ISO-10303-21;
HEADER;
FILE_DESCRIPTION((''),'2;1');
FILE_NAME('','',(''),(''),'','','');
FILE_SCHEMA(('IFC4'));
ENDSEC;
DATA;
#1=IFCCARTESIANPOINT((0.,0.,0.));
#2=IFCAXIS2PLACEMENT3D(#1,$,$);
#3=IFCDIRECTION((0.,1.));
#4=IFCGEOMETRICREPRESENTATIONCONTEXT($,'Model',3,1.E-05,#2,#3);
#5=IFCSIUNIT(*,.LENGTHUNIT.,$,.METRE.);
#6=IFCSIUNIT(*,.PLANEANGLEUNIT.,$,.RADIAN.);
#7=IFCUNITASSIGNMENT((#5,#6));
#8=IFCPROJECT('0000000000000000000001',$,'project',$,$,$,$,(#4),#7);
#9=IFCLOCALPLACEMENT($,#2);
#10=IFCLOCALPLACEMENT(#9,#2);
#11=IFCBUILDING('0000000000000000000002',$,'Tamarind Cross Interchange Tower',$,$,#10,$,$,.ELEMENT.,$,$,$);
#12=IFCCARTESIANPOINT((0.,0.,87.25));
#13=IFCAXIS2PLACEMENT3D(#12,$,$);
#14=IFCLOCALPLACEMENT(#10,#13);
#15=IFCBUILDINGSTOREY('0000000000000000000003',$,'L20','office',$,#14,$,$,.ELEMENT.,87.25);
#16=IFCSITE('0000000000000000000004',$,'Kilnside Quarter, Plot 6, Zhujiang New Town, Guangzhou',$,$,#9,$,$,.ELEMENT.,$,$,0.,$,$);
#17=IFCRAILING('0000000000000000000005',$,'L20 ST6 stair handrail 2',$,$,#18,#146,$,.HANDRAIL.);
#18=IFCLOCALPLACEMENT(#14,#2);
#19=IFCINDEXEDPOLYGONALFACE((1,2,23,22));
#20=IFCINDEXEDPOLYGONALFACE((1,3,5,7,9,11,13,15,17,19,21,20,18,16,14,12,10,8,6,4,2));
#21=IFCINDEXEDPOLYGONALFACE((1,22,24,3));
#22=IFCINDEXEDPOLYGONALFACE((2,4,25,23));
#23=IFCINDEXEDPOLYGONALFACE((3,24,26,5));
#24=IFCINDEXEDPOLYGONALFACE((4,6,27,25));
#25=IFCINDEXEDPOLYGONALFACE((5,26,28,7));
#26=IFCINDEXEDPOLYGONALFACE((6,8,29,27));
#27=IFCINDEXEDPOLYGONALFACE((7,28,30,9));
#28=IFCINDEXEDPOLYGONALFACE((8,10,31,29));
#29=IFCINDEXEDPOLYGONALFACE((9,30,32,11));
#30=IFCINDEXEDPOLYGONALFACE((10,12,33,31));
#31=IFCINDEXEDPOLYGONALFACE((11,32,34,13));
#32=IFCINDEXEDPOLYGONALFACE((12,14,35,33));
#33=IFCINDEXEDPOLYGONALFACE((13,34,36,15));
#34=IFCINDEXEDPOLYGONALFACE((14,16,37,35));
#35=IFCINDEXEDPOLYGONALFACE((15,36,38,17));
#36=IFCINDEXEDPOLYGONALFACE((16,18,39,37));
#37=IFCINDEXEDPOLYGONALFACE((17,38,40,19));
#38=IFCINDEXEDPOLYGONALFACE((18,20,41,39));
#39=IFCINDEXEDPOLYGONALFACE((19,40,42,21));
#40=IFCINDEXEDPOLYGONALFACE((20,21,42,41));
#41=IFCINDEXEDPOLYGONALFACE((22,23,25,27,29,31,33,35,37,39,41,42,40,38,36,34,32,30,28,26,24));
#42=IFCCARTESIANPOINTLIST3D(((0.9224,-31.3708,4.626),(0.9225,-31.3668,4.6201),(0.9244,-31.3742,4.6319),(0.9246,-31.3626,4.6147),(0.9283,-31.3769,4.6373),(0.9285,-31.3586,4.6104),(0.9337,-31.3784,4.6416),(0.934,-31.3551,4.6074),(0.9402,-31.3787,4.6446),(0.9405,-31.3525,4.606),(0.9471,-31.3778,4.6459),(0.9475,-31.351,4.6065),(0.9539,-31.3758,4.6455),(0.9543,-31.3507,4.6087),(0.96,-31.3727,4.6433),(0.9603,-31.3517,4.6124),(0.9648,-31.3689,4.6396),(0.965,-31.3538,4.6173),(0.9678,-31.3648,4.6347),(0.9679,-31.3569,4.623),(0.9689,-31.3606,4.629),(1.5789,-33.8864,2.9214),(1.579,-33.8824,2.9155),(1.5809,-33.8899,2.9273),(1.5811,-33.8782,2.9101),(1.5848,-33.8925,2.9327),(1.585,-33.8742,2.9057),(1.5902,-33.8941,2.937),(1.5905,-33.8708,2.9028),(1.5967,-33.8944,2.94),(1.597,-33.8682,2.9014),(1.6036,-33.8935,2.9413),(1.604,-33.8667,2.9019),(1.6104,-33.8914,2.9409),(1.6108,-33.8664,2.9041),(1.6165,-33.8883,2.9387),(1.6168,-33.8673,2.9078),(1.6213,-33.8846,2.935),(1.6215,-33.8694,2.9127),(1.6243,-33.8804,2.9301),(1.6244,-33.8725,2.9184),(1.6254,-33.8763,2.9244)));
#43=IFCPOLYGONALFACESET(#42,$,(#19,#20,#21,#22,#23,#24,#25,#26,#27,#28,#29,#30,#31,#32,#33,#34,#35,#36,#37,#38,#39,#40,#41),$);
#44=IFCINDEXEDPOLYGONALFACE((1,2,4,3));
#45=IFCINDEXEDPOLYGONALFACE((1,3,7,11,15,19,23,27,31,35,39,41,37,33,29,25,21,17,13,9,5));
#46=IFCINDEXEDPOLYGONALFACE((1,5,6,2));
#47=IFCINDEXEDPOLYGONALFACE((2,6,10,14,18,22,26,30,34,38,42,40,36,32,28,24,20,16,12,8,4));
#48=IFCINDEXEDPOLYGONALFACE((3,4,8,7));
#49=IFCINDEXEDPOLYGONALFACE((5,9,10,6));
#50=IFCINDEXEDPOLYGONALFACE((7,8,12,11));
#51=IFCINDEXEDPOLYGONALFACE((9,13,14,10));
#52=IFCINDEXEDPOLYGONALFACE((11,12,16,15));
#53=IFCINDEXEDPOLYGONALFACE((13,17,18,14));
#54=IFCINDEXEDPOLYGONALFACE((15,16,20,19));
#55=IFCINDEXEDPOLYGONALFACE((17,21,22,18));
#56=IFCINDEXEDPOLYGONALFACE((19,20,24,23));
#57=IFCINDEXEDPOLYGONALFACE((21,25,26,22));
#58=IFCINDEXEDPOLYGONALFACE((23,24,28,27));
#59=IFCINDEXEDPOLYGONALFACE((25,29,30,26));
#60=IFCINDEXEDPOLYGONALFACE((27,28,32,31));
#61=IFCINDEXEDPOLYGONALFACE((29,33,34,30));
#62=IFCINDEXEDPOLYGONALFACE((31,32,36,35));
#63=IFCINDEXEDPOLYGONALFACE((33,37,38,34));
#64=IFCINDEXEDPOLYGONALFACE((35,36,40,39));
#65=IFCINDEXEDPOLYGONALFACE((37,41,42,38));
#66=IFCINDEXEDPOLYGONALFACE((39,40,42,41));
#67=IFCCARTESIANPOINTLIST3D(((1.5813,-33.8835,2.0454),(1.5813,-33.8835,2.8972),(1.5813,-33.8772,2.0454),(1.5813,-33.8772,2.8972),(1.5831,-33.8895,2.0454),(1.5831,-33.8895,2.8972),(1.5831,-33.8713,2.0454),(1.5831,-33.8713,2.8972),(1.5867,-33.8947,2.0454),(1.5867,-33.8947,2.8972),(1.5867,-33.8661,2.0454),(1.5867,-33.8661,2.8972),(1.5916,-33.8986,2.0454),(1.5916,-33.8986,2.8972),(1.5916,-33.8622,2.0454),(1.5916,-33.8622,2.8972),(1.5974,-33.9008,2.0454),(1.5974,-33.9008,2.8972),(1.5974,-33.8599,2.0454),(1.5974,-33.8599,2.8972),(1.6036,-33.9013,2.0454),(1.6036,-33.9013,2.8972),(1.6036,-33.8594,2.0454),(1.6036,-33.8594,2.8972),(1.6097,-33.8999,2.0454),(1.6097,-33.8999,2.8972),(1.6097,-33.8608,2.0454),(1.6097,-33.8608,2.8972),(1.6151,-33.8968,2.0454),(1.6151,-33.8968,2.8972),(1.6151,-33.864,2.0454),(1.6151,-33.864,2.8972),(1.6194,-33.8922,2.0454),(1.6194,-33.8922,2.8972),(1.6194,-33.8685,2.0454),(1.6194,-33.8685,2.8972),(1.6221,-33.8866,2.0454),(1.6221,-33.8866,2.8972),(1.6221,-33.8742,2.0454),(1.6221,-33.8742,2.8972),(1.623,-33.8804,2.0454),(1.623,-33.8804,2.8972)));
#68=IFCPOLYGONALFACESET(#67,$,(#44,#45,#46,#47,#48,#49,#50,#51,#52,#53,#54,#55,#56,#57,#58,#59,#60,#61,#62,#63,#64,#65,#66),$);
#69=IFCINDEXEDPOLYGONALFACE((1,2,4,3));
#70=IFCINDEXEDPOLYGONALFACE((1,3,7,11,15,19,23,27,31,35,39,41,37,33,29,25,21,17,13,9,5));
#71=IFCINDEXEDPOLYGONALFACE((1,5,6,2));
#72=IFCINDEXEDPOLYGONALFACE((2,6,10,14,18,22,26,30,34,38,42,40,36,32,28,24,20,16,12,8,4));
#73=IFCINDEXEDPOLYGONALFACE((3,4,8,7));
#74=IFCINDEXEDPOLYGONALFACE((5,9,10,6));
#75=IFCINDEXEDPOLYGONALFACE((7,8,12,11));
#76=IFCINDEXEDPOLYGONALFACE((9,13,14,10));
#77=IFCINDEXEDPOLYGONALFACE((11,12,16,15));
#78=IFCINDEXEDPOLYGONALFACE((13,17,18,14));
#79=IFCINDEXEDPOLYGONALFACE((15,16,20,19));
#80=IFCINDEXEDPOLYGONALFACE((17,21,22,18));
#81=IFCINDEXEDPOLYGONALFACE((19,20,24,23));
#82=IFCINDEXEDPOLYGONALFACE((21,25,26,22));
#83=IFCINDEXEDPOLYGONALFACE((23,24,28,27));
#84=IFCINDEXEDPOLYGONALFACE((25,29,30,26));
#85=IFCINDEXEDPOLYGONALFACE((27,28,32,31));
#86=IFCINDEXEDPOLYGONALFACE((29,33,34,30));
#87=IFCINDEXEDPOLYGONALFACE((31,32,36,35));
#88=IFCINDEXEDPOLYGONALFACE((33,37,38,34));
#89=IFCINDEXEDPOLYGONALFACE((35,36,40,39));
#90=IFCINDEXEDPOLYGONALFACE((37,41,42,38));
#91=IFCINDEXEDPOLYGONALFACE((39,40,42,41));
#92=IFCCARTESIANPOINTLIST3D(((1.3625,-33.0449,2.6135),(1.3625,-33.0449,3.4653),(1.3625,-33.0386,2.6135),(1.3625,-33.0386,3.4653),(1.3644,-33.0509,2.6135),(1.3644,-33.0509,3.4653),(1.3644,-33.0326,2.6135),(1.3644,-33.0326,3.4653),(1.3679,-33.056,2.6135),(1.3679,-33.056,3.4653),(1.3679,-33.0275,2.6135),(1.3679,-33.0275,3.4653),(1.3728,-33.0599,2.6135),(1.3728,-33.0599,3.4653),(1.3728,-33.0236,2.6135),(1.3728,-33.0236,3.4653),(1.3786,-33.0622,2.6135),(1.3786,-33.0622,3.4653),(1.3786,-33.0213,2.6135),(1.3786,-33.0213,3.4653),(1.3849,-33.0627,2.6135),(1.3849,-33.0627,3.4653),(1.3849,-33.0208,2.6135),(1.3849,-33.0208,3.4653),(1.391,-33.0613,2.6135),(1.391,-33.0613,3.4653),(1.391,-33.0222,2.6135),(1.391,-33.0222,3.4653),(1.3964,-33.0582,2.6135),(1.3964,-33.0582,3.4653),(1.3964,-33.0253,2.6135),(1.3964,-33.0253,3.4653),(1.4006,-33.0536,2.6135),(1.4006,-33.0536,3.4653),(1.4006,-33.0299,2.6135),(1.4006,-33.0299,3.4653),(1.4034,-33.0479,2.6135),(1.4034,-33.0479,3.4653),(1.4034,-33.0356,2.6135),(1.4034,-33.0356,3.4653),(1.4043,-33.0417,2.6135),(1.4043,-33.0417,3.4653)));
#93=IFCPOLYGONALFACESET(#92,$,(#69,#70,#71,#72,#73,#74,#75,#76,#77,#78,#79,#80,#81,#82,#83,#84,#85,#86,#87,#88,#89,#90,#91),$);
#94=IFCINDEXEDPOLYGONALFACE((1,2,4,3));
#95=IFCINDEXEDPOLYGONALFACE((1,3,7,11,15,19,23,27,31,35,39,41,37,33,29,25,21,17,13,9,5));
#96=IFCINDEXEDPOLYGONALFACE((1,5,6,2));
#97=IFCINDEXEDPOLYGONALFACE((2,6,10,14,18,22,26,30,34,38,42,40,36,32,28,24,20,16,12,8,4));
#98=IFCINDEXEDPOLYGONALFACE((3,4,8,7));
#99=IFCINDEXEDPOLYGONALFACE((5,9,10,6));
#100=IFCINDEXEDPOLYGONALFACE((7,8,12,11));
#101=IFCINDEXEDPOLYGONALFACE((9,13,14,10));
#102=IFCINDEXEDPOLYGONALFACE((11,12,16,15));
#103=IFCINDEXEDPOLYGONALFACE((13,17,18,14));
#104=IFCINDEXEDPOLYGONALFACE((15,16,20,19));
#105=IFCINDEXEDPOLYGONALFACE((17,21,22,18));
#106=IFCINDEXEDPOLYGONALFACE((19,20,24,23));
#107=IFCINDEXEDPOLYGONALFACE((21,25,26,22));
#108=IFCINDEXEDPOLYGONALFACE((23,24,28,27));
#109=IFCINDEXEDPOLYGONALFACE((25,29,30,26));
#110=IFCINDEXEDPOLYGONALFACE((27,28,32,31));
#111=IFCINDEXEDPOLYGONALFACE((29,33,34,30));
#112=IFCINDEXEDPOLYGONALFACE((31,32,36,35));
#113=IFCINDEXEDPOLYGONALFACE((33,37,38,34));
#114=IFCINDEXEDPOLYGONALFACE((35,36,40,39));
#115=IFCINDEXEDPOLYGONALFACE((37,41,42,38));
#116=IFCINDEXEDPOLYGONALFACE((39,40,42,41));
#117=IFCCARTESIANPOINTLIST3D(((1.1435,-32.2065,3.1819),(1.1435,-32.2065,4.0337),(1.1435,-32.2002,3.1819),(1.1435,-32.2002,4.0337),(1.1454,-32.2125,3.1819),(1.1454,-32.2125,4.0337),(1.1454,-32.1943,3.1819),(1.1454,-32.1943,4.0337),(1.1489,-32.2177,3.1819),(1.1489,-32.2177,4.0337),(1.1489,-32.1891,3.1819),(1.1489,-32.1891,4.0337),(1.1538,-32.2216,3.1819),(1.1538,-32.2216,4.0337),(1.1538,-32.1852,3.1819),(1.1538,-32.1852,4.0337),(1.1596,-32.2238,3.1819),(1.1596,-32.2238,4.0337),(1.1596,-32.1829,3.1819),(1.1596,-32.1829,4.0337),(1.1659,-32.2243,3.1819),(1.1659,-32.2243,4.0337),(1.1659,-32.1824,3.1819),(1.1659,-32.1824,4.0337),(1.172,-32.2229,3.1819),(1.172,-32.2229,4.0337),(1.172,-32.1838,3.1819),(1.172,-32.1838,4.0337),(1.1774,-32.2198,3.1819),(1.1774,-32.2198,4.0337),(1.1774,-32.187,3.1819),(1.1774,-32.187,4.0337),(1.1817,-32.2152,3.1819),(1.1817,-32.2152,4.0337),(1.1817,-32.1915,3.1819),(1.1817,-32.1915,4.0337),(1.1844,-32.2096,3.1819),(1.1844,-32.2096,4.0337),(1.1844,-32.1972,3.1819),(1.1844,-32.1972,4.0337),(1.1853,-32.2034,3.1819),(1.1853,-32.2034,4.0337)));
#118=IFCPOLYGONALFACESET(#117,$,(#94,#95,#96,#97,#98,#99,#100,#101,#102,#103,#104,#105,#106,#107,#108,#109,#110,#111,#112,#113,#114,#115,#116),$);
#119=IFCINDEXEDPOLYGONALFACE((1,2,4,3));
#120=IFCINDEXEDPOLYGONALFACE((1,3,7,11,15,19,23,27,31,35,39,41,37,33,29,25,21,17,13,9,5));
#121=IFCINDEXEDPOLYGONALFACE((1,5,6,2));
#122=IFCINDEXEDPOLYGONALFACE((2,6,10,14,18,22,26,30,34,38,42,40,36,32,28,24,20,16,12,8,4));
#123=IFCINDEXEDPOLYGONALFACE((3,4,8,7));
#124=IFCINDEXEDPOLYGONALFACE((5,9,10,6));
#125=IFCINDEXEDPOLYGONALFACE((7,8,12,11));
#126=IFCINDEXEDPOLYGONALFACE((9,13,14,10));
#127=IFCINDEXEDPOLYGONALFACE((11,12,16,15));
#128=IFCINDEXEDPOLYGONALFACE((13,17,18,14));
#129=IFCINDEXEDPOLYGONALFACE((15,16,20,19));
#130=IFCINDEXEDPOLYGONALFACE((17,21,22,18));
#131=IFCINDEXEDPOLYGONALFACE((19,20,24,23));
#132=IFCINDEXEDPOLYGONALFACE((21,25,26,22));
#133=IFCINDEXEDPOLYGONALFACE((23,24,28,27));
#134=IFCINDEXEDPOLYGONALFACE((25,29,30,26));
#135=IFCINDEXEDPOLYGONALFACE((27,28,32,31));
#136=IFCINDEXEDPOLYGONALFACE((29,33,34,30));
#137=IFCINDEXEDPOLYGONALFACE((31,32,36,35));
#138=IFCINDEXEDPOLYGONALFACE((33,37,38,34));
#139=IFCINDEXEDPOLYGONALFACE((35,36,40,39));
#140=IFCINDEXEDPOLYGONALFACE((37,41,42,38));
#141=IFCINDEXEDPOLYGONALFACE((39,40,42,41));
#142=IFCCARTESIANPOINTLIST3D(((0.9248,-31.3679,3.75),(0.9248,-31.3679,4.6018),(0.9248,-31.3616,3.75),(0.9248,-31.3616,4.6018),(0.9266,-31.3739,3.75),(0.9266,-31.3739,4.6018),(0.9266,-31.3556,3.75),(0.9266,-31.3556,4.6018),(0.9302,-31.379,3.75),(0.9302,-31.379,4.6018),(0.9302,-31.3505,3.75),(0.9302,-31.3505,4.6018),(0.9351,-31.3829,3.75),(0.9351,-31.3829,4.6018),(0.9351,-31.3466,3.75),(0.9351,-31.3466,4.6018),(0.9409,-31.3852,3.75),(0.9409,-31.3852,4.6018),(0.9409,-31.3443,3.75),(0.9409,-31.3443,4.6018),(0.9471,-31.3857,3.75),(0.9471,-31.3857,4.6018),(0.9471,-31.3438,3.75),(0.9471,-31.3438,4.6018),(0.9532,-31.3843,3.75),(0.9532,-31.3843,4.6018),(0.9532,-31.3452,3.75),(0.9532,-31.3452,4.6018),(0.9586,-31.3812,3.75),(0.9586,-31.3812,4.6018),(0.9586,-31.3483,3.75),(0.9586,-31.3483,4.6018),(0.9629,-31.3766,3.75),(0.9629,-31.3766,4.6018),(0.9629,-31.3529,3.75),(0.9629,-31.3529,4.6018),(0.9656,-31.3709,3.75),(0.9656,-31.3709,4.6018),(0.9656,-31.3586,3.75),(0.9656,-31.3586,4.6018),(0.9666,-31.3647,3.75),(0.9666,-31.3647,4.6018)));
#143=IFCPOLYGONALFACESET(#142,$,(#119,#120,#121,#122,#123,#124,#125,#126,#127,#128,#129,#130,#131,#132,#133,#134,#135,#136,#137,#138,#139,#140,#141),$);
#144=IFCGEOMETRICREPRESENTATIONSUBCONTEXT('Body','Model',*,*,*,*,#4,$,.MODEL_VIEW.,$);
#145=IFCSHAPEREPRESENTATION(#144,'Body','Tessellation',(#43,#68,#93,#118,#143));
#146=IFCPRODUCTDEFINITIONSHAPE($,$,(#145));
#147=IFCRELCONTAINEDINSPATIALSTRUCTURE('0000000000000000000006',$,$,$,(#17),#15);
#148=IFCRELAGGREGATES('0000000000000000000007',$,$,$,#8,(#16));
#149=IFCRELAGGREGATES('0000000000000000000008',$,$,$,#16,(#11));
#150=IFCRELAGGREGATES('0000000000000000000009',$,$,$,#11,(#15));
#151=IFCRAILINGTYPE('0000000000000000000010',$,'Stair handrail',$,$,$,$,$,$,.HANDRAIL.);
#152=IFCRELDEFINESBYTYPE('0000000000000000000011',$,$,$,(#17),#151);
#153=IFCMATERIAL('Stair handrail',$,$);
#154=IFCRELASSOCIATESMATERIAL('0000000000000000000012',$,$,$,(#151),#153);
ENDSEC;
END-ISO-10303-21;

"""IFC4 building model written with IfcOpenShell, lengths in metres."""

from ifc_helpers import new_model, si_unit, direction, frame, origin, origin_2d, place, context, subcontext, project, spatial, circle, extrude, material, type_object, element, save


model = new_model("IFC4")

# Units and contexts
model_context = context("Model", 3, precision=1e-05, world=origin(), true_north=direction((0.0, 1.0)))
body_context = subcontext(model_context, "Body", "Model", "MODEL_VIEW")
ifc_project = project(units=[si_unit("LENGTHUNIT", "METRE"), si_unit("PLANEANGLEUNIT", "RADIAN")], contexts=[model_context])

# Site, building, storey
site_placement = place(None, origin())
site = spatial("IfcSite", under=ifc_project, at=site_placement, Name="Kilnside Quarter, Plot 6, Zhujiang New Town, Guangzhou", CompositionType="ELEMENT", RefElevation=0.0)
building_placement = place(site_placement, origin())
building = spatial("IfcBuilding", under=site, at=building_placement, Name="Tamarind Cross Interchange Tower", CompositionType="ELEMENT")
storey_placement = place(building_placement, frame((0.0, 0.0, 87.25)))
storey = spatial("IfcBuildingStorey", under=building, at=storey_placement, Name="L20", Description="office", CompositionType="ELEMENT", Elevation=87.25)

# Railing
ifc_material_1 = material(Name="Stair handrail")
railing_type_1 = type_object("IfcRailingType", Name="Stair handrail", PredefinedType="HANDRAIL", material=ifc_material_1)
railing_1_placement = place(storey_placement, frame((1.6021, -33.8804, 2.0454)))
element("IfcRailing", 1, at=railing_1_placement, inside=storey, type_object=railing_type_1, Name="L20 ST6 stair handrail 2", PredefinedType="HANDRAIL", context=body_context, shape_type="SweptSolid", body=[
    extrude(circle(Radius=0.0239, at=origin_2d()), frame((0.0, 0.0, 0.876), z_axis=(-0.211169, 0.809181, 0.548301), x_axis=(-0.967594, -0.25251, 0.0)), (0.0, 0.0, 1.0), 3.1089),
    extrude(circle(Radius=0.021, at=origin_2d()), origin(), (0.0, 0.0, 1.0), 0.8518),
    extrude(circle(Radius=0.021, at=origin_2d()), frame((-0.2188, 0.8386, 0.5681)), (0.0, 0.0, 1.0), 0.8518),
    extrude(circle(Radius=0.021, at=origin_2d()), frame((-0.4377, 1.677, 1.1365)), (0.0, 0.0, 1.0), 0.8518),
    extrude(circle(Radius=0.021, at=origin_2d()), frame((-0.6565, 2.5156, 1.7046)), (0.0, 0.0, 1.0), 0.8518),
])

save(model, "model.ifc")
